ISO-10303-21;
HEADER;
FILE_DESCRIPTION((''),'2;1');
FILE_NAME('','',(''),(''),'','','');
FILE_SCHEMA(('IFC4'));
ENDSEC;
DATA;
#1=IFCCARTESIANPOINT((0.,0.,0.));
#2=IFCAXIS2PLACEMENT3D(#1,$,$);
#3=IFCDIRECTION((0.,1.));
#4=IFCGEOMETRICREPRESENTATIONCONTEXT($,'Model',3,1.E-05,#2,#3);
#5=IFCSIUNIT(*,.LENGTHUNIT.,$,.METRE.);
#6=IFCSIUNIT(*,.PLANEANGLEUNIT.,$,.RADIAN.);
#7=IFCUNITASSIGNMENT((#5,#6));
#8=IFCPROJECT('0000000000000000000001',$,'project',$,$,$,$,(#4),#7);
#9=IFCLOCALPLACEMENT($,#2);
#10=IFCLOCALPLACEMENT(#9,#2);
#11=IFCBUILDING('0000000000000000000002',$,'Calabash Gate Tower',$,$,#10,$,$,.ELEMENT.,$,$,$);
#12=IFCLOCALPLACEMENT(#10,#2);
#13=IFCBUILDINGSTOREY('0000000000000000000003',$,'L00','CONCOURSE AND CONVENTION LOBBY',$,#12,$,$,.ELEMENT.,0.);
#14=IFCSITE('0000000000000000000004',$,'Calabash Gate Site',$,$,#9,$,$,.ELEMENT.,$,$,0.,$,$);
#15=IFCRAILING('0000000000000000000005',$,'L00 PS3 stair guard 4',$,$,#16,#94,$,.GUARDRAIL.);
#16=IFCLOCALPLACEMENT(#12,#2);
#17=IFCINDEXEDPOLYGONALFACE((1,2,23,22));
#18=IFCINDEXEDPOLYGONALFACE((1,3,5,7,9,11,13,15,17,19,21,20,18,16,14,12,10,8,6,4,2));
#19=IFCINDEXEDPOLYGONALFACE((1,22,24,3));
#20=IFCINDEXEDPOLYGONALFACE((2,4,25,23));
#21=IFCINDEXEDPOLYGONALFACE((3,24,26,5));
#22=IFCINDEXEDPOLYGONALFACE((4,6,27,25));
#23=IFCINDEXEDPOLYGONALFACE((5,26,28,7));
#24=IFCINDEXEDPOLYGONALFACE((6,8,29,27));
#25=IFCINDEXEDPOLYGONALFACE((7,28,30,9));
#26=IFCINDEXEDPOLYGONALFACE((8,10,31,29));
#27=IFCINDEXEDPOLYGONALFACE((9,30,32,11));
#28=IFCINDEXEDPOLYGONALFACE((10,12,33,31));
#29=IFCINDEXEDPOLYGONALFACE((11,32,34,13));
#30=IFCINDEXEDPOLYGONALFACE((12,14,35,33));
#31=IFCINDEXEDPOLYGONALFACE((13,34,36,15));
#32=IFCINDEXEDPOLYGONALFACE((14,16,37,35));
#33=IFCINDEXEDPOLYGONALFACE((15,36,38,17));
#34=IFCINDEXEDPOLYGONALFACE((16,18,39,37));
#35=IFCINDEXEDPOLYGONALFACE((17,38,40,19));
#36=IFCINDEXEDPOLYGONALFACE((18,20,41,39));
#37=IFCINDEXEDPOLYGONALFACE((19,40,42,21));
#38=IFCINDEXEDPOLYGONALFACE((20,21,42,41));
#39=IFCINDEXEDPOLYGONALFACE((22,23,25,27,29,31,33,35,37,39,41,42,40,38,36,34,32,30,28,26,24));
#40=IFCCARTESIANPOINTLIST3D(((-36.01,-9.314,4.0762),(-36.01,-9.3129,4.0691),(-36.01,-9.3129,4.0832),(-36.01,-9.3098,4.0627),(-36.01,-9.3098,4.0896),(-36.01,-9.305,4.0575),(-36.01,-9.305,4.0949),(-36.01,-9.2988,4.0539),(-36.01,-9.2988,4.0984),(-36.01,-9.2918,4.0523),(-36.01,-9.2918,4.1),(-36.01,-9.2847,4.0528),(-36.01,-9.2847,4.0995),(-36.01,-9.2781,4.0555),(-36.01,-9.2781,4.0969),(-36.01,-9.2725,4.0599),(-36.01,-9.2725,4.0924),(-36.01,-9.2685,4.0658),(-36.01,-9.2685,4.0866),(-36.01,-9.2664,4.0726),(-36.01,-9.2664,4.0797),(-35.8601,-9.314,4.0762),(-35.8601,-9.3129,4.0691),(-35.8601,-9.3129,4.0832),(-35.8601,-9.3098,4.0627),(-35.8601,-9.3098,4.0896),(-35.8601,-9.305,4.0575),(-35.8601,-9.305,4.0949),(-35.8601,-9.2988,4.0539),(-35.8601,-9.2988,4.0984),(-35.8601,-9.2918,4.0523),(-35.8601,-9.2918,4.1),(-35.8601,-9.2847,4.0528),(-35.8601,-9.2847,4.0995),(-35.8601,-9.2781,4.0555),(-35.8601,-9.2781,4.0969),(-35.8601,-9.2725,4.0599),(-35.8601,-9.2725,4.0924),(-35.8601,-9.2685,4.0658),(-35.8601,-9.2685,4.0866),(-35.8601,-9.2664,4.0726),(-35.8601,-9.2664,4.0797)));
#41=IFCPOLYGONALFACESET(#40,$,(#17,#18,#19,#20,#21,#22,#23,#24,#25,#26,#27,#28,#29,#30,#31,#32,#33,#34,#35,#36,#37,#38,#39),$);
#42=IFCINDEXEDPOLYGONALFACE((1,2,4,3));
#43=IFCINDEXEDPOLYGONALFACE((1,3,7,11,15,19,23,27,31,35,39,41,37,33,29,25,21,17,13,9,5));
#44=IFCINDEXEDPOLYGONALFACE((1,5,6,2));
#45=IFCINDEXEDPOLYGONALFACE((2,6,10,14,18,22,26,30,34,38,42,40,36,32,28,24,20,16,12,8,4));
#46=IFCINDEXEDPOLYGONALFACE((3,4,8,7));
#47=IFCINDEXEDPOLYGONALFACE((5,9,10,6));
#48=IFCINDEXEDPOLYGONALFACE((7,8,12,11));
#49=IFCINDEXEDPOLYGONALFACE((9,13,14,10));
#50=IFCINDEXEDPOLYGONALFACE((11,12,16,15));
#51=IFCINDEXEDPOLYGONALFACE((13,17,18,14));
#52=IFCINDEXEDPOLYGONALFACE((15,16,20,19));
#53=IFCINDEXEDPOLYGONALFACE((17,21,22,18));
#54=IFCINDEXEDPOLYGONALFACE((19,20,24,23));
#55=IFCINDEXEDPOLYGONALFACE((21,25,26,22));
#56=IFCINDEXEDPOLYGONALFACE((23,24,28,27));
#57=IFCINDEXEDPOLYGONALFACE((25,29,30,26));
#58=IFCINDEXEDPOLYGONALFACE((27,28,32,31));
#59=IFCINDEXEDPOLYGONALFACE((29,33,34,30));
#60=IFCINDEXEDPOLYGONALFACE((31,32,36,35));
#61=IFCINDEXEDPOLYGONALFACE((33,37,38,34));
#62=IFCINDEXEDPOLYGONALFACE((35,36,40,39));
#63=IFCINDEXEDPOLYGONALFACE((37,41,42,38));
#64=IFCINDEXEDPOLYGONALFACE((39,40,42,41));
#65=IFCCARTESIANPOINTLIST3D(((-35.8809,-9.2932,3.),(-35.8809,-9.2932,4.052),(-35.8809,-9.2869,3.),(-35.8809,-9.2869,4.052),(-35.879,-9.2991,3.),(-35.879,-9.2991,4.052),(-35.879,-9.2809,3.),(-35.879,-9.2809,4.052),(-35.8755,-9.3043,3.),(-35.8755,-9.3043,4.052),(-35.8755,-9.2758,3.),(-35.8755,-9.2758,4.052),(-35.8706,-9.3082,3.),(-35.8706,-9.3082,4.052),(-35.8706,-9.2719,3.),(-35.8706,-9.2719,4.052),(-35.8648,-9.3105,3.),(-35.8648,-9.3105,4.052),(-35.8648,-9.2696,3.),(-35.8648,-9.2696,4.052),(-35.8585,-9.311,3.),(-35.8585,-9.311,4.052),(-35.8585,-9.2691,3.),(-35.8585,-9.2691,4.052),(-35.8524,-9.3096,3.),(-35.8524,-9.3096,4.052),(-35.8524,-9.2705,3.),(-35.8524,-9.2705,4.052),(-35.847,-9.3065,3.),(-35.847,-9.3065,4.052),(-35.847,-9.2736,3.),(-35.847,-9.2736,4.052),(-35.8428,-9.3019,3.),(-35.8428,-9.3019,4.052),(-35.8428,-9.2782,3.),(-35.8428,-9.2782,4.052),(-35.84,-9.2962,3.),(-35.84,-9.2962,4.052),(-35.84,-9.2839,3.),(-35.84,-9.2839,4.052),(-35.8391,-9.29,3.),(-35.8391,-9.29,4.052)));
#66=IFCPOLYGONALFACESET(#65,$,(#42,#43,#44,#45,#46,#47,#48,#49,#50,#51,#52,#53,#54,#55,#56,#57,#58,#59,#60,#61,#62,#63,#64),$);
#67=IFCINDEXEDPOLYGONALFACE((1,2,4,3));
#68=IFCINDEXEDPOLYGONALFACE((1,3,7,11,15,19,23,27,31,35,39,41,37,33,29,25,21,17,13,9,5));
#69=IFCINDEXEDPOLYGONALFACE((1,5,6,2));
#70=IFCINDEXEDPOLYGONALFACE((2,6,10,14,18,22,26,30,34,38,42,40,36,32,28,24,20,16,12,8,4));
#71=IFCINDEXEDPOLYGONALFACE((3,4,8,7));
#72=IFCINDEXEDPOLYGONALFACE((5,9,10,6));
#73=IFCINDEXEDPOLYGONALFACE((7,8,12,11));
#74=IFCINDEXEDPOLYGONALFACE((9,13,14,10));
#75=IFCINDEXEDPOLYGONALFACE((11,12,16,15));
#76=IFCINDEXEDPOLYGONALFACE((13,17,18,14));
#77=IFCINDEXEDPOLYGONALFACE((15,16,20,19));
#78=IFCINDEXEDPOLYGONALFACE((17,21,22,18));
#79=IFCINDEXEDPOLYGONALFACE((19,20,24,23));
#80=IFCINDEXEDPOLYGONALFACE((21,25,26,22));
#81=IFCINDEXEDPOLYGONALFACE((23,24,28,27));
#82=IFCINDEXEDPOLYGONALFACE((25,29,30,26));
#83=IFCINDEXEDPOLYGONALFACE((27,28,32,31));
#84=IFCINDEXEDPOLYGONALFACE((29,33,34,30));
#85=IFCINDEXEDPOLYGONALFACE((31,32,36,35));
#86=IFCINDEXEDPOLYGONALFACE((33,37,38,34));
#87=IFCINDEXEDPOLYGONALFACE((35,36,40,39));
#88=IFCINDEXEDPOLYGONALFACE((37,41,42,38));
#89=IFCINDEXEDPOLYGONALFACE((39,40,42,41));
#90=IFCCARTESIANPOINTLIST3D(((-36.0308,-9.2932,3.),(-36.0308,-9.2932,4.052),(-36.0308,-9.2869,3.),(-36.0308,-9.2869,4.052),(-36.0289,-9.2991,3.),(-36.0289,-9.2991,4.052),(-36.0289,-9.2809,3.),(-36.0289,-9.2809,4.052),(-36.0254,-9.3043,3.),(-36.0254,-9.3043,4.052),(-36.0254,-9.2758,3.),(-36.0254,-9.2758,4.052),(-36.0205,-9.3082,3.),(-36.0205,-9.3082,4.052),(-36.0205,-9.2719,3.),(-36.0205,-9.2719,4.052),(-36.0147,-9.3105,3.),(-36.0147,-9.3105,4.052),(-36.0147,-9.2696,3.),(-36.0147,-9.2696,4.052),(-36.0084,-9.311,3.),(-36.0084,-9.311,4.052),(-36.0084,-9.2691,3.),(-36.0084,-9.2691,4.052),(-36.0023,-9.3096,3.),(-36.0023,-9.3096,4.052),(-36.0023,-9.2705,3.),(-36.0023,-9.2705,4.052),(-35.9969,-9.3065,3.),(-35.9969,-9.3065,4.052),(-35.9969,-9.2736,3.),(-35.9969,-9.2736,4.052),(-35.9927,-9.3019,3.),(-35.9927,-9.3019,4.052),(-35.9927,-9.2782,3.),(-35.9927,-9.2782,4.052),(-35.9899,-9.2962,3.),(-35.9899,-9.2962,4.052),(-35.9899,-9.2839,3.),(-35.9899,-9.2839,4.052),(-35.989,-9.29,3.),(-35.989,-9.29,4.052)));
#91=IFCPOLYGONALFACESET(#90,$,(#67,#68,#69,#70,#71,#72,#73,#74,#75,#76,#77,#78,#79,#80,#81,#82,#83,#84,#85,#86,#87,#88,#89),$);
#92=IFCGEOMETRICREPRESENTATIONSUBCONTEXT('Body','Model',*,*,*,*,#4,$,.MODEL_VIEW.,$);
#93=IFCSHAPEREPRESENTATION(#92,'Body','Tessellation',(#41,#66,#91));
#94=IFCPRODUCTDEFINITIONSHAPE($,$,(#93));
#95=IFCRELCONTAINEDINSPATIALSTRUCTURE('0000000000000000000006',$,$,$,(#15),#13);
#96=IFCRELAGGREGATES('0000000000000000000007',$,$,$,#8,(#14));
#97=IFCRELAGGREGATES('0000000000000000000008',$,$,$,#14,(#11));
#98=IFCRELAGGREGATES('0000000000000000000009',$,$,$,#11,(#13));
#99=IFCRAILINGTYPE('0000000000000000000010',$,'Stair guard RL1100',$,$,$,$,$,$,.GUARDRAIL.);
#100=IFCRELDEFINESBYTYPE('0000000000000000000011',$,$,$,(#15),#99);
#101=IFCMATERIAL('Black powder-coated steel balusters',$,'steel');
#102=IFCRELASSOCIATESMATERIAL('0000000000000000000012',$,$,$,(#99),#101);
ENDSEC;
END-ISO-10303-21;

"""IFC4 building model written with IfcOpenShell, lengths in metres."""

from ifc_helpers import new_model, si_unit, direction, frame, origin, origin_2d, place, context, subcontext, project, spatial, circle, extrude, material, type_object, element, save


model = new_model("IFC4")

# Units and contexts
model_context = context("Model", 3, precision=1e-05, world=origin(), true_north=direction((0.0, 1.0)))
body_context = subcontext(model_context, "Body", "Model", "MODEL_VIEW")
ifc_project = project(units=[si_unit("LENGTHUNIT", "METRE"), si_unit("PLANEANGLEUNIT", "RADIAN")], contexts=[model_context])

# Site, building, storey
site_placement = place(None, origin())
site = spatial("IfcSite", under=ifc_project, at=site_placement, Name="Calabash Gate Site", CompositionType="ELEMENT", RefElevation=0.0)
building_placement = place(site_placement, origin())
building = spatial("IfcBuilding", under=site, at=building_placement, Name="Calabash Gate Tower", CompositionType="ELEMENT")
storey_placement = place(building_placement, origin())
storey = spatial("IfcBuildingStorey", under=building, at=storey_placement, Name="L00", Description="CONCOURSE AND CONVENTION LOBBY", CompositionType="ELEMENT", Elevation=0.0)

# Railing
ifc_material_1 = material(Name="Black powder-coated steel balusters", Category="steel")
railing_type_1 = type_object("IfcRailingType", Name="Stair guard RL1100", PredefinedType="GUARDRAIL", material=ifc_material_1)
railing_1_placement = place(storey_placement, frame((-35.8601, -9.29, 3.0)))
element("IfcRailing", 1, at=railing_1_placement, inside=storey, type_object=railing_type_1, Name="L00 PS3 stair guard 4", PredefinedType="GUARDRAIL", context=body_context, shape_type="SweptSolid", body=[
    extrude(circle(Radius=0.0239, at=origin_2d()), frame((0.0, 0.0, 1.0762), z_axis=(-1.0, 0.0, 0.0), x_axis=(0.0, -1.0, 0.0)), (0.0, 0.0, 1.0), 0.1499),
    extrude(circle(Radius=0.021, at=origin_2d()), origin(), (0.0, 0.0, 1.0), 1.052),
    extrude(circle(Radius=0.021, at=origin_2d()), frame((-0.1499, 0.0, 0.0)), (0.0, 0.0, 1.0), 1.052),
])

save(model, "model.ifc")
